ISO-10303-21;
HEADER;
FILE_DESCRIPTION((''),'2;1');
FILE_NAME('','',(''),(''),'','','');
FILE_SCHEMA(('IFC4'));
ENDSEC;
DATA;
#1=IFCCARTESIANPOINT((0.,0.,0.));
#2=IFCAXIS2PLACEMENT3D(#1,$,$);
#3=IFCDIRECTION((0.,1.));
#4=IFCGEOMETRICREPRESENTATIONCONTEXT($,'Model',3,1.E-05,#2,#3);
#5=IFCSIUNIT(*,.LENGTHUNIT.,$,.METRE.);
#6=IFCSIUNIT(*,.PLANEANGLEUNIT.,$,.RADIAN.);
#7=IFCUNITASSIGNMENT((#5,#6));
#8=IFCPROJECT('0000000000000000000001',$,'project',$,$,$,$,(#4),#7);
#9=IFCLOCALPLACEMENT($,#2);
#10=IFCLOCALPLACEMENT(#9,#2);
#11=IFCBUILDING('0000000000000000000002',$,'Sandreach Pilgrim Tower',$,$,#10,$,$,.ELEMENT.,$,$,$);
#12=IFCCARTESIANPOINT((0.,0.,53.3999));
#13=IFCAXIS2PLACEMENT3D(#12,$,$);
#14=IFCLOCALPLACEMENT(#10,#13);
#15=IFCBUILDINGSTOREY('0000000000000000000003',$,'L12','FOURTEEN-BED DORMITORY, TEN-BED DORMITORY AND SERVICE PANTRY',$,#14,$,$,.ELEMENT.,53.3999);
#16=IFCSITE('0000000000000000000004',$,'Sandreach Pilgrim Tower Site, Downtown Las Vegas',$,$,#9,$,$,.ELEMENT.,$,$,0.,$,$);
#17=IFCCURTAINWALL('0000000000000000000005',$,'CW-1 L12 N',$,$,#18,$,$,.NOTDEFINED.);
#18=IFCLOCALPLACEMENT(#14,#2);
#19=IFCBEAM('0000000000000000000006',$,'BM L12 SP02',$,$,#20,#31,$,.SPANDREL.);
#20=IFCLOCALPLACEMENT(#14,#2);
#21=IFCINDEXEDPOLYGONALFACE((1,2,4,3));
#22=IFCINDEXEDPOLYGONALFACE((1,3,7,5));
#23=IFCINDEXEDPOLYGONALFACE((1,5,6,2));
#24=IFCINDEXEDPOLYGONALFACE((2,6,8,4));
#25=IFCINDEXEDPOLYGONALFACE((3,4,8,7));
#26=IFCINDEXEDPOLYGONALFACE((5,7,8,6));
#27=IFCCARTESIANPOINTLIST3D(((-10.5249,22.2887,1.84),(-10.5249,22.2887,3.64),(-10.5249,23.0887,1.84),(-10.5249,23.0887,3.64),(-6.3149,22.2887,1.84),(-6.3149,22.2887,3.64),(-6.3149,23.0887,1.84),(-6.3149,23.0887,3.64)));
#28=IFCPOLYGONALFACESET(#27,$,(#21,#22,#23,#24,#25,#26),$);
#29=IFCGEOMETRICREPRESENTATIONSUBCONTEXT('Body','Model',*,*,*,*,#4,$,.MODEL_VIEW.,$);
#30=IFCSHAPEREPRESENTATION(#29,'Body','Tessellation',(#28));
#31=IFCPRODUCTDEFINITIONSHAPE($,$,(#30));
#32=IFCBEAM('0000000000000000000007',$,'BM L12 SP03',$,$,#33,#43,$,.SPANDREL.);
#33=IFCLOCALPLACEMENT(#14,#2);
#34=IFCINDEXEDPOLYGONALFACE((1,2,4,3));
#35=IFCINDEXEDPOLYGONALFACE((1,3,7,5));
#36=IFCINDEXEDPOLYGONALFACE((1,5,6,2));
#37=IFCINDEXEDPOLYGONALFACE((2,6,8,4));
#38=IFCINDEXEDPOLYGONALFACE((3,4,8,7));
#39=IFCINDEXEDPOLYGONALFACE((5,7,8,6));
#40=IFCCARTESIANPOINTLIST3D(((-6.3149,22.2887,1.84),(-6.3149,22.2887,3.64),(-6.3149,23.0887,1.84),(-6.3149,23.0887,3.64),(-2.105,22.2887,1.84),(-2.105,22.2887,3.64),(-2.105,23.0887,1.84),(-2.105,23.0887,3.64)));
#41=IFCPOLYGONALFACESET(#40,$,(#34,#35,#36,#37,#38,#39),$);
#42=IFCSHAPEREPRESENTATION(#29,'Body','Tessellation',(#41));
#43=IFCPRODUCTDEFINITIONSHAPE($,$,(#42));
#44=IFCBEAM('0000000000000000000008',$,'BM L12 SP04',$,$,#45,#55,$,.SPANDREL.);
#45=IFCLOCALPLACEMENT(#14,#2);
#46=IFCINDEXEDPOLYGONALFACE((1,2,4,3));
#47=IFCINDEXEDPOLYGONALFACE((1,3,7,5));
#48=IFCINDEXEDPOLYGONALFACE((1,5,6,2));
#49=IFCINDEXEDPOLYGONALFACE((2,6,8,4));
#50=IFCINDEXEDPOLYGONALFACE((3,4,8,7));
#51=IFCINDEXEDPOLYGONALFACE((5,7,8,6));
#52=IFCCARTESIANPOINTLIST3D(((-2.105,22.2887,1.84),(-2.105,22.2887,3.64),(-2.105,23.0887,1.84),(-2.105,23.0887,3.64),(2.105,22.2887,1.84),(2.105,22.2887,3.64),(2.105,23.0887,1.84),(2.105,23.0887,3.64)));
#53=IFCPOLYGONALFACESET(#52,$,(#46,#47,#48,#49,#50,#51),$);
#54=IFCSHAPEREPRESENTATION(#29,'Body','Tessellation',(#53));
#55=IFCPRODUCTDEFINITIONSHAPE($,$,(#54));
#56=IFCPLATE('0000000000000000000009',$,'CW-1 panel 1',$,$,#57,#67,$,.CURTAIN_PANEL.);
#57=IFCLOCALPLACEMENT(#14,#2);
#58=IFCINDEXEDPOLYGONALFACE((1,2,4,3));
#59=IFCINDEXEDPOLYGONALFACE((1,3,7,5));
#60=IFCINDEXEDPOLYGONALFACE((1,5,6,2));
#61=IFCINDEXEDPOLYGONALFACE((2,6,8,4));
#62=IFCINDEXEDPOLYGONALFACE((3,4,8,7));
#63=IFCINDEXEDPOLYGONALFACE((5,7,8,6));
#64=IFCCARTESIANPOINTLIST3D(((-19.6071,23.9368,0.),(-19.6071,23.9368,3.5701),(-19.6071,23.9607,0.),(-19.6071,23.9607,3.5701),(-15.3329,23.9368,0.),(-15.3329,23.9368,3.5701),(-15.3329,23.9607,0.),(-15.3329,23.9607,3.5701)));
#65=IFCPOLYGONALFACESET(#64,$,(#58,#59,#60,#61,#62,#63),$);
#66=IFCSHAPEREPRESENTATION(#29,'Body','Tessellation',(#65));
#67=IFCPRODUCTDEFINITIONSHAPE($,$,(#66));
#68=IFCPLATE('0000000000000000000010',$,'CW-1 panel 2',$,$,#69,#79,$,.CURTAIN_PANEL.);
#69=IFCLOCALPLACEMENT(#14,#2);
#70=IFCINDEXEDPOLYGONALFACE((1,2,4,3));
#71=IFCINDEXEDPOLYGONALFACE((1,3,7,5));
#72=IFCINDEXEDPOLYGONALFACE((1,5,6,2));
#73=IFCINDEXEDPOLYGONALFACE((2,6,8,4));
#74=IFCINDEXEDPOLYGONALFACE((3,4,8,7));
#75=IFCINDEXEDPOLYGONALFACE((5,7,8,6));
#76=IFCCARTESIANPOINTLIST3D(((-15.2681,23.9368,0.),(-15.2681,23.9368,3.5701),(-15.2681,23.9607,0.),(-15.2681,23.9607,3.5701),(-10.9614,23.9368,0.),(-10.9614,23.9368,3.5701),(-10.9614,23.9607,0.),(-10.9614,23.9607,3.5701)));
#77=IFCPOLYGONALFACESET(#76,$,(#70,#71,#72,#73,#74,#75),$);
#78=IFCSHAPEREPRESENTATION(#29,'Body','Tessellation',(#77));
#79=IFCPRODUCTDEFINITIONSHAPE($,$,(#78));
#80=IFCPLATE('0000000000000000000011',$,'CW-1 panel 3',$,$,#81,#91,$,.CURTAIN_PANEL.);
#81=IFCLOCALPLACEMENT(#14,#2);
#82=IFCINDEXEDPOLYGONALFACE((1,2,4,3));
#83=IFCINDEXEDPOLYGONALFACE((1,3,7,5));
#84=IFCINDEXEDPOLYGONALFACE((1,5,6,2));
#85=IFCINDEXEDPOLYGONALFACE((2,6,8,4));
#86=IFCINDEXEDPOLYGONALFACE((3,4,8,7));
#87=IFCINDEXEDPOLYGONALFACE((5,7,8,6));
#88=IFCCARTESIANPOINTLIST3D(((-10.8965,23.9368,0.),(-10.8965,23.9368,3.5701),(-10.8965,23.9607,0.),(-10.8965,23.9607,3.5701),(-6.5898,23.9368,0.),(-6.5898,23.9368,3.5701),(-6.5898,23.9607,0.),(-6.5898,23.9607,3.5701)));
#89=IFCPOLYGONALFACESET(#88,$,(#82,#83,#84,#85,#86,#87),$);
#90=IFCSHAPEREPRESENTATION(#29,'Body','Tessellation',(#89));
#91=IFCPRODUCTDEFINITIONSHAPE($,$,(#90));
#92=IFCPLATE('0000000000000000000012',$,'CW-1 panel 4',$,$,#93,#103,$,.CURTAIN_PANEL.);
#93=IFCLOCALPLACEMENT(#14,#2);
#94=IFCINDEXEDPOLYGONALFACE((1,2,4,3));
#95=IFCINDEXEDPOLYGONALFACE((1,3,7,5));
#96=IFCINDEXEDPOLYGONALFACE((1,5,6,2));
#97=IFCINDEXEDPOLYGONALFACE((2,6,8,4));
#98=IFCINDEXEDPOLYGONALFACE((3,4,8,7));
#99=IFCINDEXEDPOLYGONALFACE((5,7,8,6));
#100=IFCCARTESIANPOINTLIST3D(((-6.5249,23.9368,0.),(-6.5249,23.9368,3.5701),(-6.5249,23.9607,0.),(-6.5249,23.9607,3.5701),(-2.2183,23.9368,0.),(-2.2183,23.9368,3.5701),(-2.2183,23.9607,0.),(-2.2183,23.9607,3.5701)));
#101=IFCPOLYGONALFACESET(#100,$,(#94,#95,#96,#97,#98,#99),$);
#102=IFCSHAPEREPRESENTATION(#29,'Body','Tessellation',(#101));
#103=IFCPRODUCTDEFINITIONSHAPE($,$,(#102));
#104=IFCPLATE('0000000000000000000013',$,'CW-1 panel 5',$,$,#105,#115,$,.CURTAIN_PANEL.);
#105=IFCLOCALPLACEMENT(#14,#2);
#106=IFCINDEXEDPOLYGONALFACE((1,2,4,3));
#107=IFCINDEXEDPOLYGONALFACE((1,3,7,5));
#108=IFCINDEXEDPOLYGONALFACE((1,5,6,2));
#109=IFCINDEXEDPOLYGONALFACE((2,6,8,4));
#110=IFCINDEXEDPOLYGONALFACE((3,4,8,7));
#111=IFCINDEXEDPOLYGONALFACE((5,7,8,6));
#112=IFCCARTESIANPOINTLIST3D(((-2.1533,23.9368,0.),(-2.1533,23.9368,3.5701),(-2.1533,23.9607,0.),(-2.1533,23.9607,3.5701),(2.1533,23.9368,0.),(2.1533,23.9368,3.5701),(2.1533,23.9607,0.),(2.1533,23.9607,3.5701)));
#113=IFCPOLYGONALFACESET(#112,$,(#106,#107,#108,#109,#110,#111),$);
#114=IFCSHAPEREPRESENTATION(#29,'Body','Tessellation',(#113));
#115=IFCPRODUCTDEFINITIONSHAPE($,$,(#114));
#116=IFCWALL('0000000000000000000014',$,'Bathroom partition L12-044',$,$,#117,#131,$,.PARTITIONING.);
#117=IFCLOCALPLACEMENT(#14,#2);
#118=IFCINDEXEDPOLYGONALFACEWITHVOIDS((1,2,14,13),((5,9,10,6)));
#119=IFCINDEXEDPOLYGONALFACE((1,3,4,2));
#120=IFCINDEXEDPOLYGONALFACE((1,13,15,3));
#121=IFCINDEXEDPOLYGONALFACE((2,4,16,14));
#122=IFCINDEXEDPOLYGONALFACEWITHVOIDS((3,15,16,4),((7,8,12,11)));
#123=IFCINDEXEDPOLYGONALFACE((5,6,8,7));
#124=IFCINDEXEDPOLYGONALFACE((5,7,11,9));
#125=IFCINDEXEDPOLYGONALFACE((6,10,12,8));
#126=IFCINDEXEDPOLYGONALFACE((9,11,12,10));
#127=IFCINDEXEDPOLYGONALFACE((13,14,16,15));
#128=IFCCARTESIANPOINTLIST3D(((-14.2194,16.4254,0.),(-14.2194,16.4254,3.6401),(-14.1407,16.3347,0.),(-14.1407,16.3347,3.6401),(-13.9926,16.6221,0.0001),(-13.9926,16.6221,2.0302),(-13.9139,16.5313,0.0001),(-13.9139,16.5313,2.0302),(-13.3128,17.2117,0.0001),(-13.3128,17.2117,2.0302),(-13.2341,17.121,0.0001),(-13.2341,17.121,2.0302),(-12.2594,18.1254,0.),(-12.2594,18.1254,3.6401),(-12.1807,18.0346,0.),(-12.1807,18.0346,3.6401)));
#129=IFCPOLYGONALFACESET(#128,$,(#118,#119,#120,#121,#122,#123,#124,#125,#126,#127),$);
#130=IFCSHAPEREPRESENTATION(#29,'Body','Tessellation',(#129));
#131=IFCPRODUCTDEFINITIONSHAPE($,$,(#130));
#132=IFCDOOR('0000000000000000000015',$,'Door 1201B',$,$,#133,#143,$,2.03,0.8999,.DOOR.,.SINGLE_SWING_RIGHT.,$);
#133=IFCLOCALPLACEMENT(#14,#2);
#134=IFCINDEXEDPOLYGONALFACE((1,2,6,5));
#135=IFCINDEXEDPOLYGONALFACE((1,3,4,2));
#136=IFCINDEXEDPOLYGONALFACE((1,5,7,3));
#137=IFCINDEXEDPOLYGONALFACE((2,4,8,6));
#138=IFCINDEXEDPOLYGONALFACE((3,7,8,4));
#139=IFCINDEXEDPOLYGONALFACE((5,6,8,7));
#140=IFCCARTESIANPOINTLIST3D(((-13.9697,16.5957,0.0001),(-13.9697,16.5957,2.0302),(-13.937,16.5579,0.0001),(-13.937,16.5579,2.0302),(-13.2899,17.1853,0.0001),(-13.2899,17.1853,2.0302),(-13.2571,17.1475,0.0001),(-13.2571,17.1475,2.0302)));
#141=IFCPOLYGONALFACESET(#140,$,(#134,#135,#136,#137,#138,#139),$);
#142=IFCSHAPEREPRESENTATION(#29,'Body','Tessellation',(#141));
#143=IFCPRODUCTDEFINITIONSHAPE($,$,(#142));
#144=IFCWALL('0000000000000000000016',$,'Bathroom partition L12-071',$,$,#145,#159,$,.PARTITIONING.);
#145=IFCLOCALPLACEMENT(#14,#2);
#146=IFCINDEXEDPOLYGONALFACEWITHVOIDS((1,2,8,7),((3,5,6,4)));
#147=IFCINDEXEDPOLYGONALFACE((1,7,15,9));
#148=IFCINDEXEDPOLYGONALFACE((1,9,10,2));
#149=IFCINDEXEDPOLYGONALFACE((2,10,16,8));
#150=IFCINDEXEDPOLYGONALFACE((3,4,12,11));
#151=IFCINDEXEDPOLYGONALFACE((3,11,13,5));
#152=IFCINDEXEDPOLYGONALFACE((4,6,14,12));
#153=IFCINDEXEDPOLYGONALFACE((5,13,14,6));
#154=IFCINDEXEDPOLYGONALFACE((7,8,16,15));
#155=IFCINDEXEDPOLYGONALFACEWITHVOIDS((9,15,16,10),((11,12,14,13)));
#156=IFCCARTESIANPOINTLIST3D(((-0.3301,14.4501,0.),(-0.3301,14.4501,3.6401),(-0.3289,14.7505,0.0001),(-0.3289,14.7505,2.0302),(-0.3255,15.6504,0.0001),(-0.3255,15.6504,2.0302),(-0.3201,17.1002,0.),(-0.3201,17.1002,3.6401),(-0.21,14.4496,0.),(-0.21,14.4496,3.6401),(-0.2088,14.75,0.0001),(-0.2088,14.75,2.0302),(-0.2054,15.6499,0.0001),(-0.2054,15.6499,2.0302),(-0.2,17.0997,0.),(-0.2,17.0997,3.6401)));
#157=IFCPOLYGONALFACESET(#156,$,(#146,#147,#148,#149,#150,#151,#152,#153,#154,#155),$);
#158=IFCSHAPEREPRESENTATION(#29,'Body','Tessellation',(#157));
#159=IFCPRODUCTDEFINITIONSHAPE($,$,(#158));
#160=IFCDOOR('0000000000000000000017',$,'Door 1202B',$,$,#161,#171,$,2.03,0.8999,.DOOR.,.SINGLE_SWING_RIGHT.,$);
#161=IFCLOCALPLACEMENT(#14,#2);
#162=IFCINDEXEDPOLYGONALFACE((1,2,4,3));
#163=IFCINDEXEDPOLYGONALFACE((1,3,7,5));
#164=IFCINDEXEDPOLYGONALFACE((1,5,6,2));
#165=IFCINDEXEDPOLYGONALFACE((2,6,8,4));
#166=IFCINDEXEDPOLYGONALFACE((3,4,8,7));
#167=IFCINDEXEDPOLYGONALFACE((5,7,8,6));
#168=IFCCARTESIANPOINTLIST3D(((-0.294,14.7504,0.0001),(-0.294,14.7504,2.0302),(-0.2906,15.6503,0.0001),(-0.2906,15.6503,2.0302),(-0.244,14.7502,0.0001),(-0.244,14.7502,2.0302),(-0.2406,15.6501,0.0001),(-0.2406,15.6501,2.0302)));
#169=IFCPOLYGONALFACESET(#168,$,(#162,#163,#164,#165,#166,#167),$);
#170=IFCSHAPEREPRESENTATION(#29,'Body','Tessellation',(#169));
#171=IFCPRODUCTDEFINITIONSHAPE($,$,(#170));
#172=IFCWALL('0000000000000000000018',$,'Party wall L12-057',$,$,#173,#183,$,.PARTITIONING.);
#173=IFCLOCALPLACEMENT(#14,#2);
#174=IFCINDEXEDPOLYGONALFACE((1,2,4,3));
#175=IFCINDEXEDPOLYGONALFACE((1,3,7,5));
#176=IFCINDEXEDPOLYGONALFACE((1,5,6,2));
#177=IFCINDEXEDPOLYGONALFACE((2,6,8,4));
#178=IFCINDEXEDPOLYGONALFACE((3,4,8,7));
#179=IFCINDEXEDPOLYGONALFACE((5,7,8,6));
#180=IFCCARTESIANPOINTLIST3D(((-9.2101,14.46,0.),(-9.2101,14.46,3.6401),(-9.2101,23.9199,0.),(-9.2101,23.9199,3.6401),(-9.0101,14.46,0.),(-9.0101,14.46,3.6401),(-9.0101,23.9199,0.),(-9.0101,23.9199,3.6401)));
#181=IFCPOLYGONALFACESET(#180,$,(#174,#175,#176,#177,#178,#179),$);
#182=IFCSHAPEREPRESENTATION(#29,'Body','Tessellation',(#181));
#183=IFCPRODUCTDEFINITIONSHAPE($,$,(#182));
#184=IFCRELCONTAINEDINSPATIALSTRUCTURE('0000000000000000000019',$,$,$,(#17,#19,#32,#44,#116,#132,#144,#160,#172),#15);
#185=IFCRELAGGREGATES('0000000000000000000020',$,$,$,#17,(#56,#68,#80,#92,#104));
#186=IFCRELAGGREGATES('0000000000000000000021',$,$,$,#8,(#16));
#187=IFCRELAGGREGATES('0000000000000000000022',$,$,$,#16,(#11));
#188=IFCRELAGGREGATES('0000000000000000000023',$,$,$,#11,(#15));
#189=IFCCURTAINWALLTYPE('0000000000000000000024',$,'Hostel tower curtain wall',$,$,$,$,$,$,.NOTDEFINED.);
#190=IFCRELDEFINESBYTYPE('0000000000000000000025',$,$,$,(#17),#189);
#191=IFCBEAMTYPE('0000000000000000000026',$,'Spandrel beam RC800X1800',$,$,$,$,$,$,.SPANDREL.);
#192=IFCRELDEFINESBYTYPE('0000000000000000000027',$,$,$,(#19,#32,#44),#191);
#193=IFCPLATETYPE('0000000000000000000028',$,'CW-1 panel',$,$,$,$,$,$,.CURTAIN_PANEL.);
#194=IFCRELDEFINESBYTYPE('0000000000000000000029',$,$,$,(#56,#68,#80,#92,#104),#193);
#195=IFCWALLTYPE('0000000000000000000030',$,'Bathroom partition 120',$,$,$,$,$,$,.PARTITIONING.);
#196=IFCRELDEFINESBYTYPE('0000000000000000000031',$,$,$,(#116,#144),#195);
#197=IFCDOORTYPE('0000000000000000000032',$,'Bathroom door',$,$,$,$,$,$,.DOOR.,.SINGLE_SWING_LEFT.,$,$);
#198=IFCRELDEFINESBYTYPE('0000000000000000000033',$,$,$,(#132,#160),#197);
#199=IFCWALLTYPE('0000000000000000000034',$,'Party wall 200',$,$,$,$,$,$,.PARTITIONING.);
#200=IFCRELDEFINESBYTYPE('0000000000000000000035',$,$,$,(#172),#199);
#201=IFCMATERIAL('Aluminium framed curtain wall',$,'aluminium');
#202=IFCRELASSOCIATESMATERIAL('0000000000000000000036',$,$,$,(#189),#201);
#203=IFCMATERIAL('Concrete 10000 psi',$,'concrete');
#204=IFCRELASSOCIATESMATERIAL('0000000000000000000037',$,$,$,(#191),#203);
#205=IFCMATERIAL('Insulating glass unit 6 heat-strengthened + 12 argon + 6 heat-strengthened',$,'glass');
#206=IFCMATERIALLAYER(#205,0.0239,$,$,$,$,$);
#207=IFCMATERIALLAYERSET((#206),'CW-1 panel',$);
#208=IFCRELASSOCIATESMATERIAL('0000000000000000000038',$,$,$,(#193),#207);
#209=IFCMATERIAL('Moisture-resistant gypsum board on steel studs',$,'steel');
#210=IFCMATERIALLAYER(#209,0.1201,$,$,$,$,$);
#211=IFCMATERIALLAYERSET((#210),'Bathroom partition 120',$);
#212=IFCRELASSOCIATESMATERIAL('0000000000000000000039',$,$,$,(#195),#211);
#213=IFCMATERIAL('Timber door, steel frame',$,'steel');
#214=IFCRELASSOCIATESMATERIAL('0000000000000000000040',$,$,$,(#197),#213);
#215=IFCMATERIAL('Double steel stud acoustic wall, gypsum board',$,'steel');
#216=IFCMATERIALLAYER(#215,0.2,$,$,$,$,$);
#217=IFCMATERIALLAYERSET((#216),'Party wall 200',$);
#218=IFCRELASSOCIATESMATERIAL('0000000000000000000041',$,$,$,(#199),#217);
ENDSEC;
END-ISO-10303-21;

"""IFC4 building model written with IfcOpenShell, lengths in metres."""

from ifc_helpers import new_model, si_unit, direction, frame, frame_2d, origin, origin_2d, place, context, subcontext, project, spatial, rectangle, extrude, material, layer, layer_set, material_profile, profile_set, type_object, element, fill, aggregate, save


model = new_model("IFC4")

# Units and contexts
model_context = context("Model", 3, precision=1e-05, world=origin(), true_north=direction((0.0, 1.0)))
body_context = subcontext(model_context, "Body", "Model", "MODEL_VIEW")
ifc_project = project(units=[si_unit("LENGTHUNIT", "METRE"), si_unit("PLANEANGLEUNIT", "RADIAN")], contexts=[model_context])

# Site, building, storey
site_placement = place(None, origin())
site = spatial("IfcSite", under=ifc_project, at=site_placement, Name="Sandreach Pilgrim Tower Site, Downtown Las Vegas", CompositionType="ELEMENT", RefElevation=0.0)
building_placement = place(site_placement, origin())
building = spatial("IfcBuilding", under=site, at=building_placement, Name="Sandreach Pilgrim Tower", CompositionType="ELEMENT")
storey_placement = place(building_placement, frame((0.0, 0.0, 53.3999)))
storey = spatial("IfcBuildingStorey", under=building, at=storey_placement, Name="L12", Description="FOURTEEN-BED DORMITORY, TEN-BED DORMITORY AND SERVICE PANTRY", CompositionType="ELEMENT", Elevation=53.3999)

# Curtain wall
ifc_material_1 = material(Name="Aluminium framed curtain wall", Category="aluminium")
curtain_wall_type = type_object("IfcCurtainWallType", Name="Hostel tower curtain wall", PredefinedType="NOTDEFINED", material=ifc_material_1)
curtain_wall_placement = place(storey_placement, origin())
curtain_wall = element("IfcCurtainWall", 1, at=curtain_wall_placement, inside=storey, type_object=curtain_wall_type, Name="CW-1 L12 N", PredefinedType="NOTDEFINED")

# Beams
ifc_material_2 = material(Name="Concrete 10000 psi", Category="concrete")
ifc_material_profile_1 = material_profile(ifc_material_2, rectangle(XDim=0.8, YDim=1.8, at=origin_2d()), Name="RC800X1800")
ifc_profile_set_1 = profile_set([ifc_material_profile_1], Name="Concrete 10000 psi")
beam_type_1 = type_object("IfcBeamType", Name="Spandrel beam RC800X1800", PredefinedType="SPANDREL", material=ifc_profile_set_1)
for number, where, z_axis, x_axis, name in (
    (2, (-10.5249, 22.6887, 2.74), (1.0, 0.0, 0.0), (0.0, 1.0, 0.0), "BM L12 SP02"),
    (3, (-6.3149, 22.6887, 2.74), (1.0, 0.0, 0.0), (0.0, 1.0, 0.0), "BM L12 SP03"),
    (4, (-2.105, 22.6887, 2.74), (1.0, 0.0, 0.0), (0.0, 1.0, 0.0), "BM L12 SP04"),
):
    element("IfcBeam", number, at=place(storey_placement, frame(where, z_axis=z_axis, x_axis=x_axis)), inside=storey, type_object=beam_type_1, Name=name, PredefinedType="SPANDREL", context=body_context, shape_type="SweptSolid", body=[
        extrude(rectangle(XDim=0.8, YDim=1.8, at=origin_2d()), origin(), (0.0, 0.0, 1.0), 4.21),
    ])

# Plates
ifc_material_3 = material(Name="Insulating glass unit 6 heat-strengthened + 12 argon + 6 heat-strengthened", Category="glass")
ifc_layer_1 = layer(ifc_material_3, 0.0239)
ifc_layer_set_1 = layer_set([ifc_layer_1], Name="CW-1 panel")
plate_type = type_object("IfcPlateType", Name="CW-1 panel", PredefinedType="CURTAIN_PANEL", material=ifc_layer_set_1)
plate_1_placement = place(storey_placement, frame((-17.47, 23.9487, 0.0), z_axis=(0.0, 0.0, 1.0), x_axis=(1.0, 0.0, 0.0)))
plate_1 = element("IfcPlate", 5, at=plate_1_placement, type_object=plate_type, Name="CW-1 panel 1", PredefinedType="CURTAIN_PANEL", context=body_context, shape_type="SweptSolid", body=[
    extrude(rectangle(XDim=4.2742, YDim=0.0239, at=origin_2d()), origin(), (0.0, 0.0, 1.0), 3.5701),
])
plate_2_placement = place(storey_placement, frame((-13.1147, 23.9487, 0.0), z_axis=(0.0, 0.0, 1.0), x_axis=(1.0, 0.0, 0.0)))
plate_2 = element("IfcPlate", 6, at=plate_2_placement, type_object=plate_type, Name="CW-1 panel 2", PredefinedType="CURTAIN_PANEL", context=body_context, shape_type="SweptSolid", body=[
    extrude(rectangle(XDim=4.3066, YDim=0.0239, at=origin_2d()), origin(), (0.0, 0.0, 1.0), 3.5701),
])
plate_3_placement = place(storey_placement, frame((-8.7432, 23.9487, 0.0), z_axis=(0.0, 0.0, 1.0), x_axis=(1.0, 0.0, 0.0)))
plate_3 = element("IfcPlate", 7, at=plate_3_placement, type_object=plate_type, Name="CW-1 panel 3", PredefinedType="CURTAIN_PANEL", context=body_context, shape_type="SweptSolid", body=[
    extrude(rectangle(XDim=4.3066, YDim=0.0239, at=origin_2d()), origin(), (0.0, 0.0, 1.0), 3.5701),
])
plate_4_placement = place(storey_placement, frame((-4.3716, 23.9487, 0.0), z_axis=(0.0, 0.0, 1.0), x_axis=(1.0, 0.0, 0.0)))
plate_4 = element("IfcPlate", 8, at=plate_4_placement, type_object=plate_type, Name="CW-1 panel 4", PredefinedType="CURTAIN_PANEL", context=body_context, shape_type="SweptSolid", body=[
    extrude(rectangle(XDim=4.3066, YDim=0.0239, at=origin_2d()), origin(), (0.0, 0.0, 1.0), 3.5701),
])
plate_5_placement = place(storey_placement, frame((0.0, 23.9487, 0.0), z_axis=(0.0, 0.0, 1.0), x_axis=(1.0, 0.0, 0.0)))
plate_5 = element("IfcPlate", 9, at=plate_5_placement, type_object=plate_type, Name="CW-1 panel 5", PredefinedType="CURTAIN_PANEL", context=body_context, shape_type="SweptSolid", body=[
    extrude(rectangle(XDim=4.3066, YDim=0.0239, at=origin_2d()), origin(), (0.0, 0.0, 1.0), 3.5701),
])
aggregate(curtain_wall, [plate_1, plate_2, plate_3, plate_4, plate_5])

# Walls, openings, doors
ifc_material_4 = material(Name="Moisture-resistant gypsum board on steel studs", Category="steel")
ifc_layer_2 = layer(ifc_material_4, 0.1201)
ifc_layer_set_2 = layer_set([ifc_layer_2], Name="Bathroom partition 120")
wall_type_1 = type_object("IfcWallType", Name="Bathroom partition 120", PredefinedType="PARTITIONING", material=ifc_layer_set_2)
wall_1_placement = place(storey_placement, frame((-12.22, 18.0801, 0.0), z_axis=(0.0, 0.0, 1.0), x_axis=(-0.755438, -0.655221, 0.0)))
wall_1 = element("IfcWall", 10, at=wall_1_placement, inside=storey, type_object=wall_type_1, Name="Bathroom partition L12-044", PredefinedType="PARTITIONING", context=body_context, shape_type="SweptSolid", body=[
    extrude(rectangle(XDim=2.5945, YDim=0.1201, at=frame_2d((1.2974, 0.0))), origin(), (0.0, 0.0, 1.0), 3.6401),
])
opening_1_placement = place(wall_1_placement, frame((1.3945, 0.0, 0.0)))
opening_1 = element("IfcOpeningElement", 11, at=opening_1_placement, cuts=wall_1, PredefinedType="OPENING", context=body_context, shape_type="SweptSolid", body=[
    extrude(rectangle(XDim=0.8999, YDim=2.03, at=frame_2d((0.45, 1.0151))), frame((0.0, 0.0601, 0.0), z_axis=(0.0, -1.0, 0.0), x_axis=(1.0, 0.0, 0.0)), (0.0, 0.0, 1.0), 0.1201),
])
ifc_material_5 = material(Name="Timber door, steel frame", Category="steel")
door_type = type_object("IfcDoorType", Name="Bathroom door", OperationType="SINGLE_SWING_LEFT", PredefinedType="DOOR", material=ifc_material_5)
door_1_placement = place(opening_1_placement, origin())
door_1 = element("IfcDoor", 12, at=door_1_placement, inside=storey, type_object=door_type, Name="Door 1201B", OperationType="SINGLE_SWING_RIGHT", OverallHeight=2.03, OverallWidth=0.8999, PredefinedType="DOOR", context=body_context, shape_type="SweptSolid", body=[
    extrude(rectangle(XDim=0.8999, YDim=2.03, at=frame_2d((0.45, 1.0151))), frame((0.0, 0.0249, 0.0), z_axis=(0.0, -1.0, 0.0), x_axis=(1.0, 0.0, 0.0)), (0.0, 0.0, 1.0), 0.05),
])
fill(opening_1, door_1)
wall_2_placement = place(storey_placement, frame((-0.26, 17.1001, 0.0), z_axis=(0.0, 0.0, 1.0), x_axis=(-0.003777, -0.999993, 0.0)))
wall_2 = element("IfcWall", 13, at=wall_2_placement, inside=storey, type_object=wall_type_1, Name="Bathroom partition L12-071", PredefinedType="PARTITIONING", context=body_context, shape_type="SweptSolid", body=[
    extrude(rectangle(XDim=2.6501, YDim=0.1201, at=frame_2d((1.3252, 0.0))), origin(), (0.0, 0.0, 1.0), 3.6401),
])
opening_2_placement = place(wall_2_placement, frame((1.45, 0.0, 0.0)))
opening_2 = element("IfcOpeningElement", 14, at=opening_2_placement, cuts=wall_2, PredefinedType="OPENING", context=body_context, shape_type="SweptSolid", body=[
    extrude(rectangle(XDim=0.8999, YDim=2.03, at=frame_2d((0.45, 1.0151))), frame((0.0, 0.0601, 0.0), z_axis=(0.0, -1.0, 0.0), x_axis=(1.0, 0.0, 0.0)), (0.0, 0.0, 1.0), 0.1201),
])
door_2_placement = place(opening_2_placement, origin())
door_2 = element("IfcDoor", 15, at=door_2_placement, inside=storey, type_object=door_type, Name="Door 1202B", OperationType="SINGLE_SWING_RIGHT", OverallHeight=2.03, OverallWidth=0.8999, PredefinedType="DOOR", context=body_context, shape_type="SweptSolid", body=[
    extrude(rectangle(XDim=0.8999, YDim=2.03, at=frame_2d((0.45, 1.0151))), frame((0.0, 0.0249, 0.0), z_axis=(0.0, -1.0, 0.0), x_axis=(1.0, 0.0, 0.0)), (0.0, 0.0, 1.0), 0.05),
])
fill(opening_2, door_2)

# Wall
ifc_material_6 = material(Name="Double steel stud acoustic wall, gypsum board", Category="steel")
ifc_layer_3 = layer(ifc_material_6, 0.2)
ifc_layer_set_3 = layer_set([ifc_layer_3], Name="Party wall 200")
wall_type_2 = type_object("IfcWallType", Name="Party wall 200", PredefinedType="PARTITIONING", material=ifc_layer_set_3)
wall_3_placement = place(storey_placement, frame((-9.1101, 23.9199, 0.0), z_axis=(0.0, 0.0, 1.0), x_axis=(0.0, -1.0, 0.0)))
element("IfcWall", 16, at=wall_3_placement, inside=storey, type_object=wall_type_2, Name="Party wall L12-057", PredefinedType="PARTITIONING", context=body_context, shape_type="SweptSolid", body=[
    extrude(rectangle(XDim=9.46, YDim=0.2, at=frame_2d((4.73, 0.0))), origin(), (0.0, 0.0, 1.0), 3.6401),
])

save(model, "model.ifc")
